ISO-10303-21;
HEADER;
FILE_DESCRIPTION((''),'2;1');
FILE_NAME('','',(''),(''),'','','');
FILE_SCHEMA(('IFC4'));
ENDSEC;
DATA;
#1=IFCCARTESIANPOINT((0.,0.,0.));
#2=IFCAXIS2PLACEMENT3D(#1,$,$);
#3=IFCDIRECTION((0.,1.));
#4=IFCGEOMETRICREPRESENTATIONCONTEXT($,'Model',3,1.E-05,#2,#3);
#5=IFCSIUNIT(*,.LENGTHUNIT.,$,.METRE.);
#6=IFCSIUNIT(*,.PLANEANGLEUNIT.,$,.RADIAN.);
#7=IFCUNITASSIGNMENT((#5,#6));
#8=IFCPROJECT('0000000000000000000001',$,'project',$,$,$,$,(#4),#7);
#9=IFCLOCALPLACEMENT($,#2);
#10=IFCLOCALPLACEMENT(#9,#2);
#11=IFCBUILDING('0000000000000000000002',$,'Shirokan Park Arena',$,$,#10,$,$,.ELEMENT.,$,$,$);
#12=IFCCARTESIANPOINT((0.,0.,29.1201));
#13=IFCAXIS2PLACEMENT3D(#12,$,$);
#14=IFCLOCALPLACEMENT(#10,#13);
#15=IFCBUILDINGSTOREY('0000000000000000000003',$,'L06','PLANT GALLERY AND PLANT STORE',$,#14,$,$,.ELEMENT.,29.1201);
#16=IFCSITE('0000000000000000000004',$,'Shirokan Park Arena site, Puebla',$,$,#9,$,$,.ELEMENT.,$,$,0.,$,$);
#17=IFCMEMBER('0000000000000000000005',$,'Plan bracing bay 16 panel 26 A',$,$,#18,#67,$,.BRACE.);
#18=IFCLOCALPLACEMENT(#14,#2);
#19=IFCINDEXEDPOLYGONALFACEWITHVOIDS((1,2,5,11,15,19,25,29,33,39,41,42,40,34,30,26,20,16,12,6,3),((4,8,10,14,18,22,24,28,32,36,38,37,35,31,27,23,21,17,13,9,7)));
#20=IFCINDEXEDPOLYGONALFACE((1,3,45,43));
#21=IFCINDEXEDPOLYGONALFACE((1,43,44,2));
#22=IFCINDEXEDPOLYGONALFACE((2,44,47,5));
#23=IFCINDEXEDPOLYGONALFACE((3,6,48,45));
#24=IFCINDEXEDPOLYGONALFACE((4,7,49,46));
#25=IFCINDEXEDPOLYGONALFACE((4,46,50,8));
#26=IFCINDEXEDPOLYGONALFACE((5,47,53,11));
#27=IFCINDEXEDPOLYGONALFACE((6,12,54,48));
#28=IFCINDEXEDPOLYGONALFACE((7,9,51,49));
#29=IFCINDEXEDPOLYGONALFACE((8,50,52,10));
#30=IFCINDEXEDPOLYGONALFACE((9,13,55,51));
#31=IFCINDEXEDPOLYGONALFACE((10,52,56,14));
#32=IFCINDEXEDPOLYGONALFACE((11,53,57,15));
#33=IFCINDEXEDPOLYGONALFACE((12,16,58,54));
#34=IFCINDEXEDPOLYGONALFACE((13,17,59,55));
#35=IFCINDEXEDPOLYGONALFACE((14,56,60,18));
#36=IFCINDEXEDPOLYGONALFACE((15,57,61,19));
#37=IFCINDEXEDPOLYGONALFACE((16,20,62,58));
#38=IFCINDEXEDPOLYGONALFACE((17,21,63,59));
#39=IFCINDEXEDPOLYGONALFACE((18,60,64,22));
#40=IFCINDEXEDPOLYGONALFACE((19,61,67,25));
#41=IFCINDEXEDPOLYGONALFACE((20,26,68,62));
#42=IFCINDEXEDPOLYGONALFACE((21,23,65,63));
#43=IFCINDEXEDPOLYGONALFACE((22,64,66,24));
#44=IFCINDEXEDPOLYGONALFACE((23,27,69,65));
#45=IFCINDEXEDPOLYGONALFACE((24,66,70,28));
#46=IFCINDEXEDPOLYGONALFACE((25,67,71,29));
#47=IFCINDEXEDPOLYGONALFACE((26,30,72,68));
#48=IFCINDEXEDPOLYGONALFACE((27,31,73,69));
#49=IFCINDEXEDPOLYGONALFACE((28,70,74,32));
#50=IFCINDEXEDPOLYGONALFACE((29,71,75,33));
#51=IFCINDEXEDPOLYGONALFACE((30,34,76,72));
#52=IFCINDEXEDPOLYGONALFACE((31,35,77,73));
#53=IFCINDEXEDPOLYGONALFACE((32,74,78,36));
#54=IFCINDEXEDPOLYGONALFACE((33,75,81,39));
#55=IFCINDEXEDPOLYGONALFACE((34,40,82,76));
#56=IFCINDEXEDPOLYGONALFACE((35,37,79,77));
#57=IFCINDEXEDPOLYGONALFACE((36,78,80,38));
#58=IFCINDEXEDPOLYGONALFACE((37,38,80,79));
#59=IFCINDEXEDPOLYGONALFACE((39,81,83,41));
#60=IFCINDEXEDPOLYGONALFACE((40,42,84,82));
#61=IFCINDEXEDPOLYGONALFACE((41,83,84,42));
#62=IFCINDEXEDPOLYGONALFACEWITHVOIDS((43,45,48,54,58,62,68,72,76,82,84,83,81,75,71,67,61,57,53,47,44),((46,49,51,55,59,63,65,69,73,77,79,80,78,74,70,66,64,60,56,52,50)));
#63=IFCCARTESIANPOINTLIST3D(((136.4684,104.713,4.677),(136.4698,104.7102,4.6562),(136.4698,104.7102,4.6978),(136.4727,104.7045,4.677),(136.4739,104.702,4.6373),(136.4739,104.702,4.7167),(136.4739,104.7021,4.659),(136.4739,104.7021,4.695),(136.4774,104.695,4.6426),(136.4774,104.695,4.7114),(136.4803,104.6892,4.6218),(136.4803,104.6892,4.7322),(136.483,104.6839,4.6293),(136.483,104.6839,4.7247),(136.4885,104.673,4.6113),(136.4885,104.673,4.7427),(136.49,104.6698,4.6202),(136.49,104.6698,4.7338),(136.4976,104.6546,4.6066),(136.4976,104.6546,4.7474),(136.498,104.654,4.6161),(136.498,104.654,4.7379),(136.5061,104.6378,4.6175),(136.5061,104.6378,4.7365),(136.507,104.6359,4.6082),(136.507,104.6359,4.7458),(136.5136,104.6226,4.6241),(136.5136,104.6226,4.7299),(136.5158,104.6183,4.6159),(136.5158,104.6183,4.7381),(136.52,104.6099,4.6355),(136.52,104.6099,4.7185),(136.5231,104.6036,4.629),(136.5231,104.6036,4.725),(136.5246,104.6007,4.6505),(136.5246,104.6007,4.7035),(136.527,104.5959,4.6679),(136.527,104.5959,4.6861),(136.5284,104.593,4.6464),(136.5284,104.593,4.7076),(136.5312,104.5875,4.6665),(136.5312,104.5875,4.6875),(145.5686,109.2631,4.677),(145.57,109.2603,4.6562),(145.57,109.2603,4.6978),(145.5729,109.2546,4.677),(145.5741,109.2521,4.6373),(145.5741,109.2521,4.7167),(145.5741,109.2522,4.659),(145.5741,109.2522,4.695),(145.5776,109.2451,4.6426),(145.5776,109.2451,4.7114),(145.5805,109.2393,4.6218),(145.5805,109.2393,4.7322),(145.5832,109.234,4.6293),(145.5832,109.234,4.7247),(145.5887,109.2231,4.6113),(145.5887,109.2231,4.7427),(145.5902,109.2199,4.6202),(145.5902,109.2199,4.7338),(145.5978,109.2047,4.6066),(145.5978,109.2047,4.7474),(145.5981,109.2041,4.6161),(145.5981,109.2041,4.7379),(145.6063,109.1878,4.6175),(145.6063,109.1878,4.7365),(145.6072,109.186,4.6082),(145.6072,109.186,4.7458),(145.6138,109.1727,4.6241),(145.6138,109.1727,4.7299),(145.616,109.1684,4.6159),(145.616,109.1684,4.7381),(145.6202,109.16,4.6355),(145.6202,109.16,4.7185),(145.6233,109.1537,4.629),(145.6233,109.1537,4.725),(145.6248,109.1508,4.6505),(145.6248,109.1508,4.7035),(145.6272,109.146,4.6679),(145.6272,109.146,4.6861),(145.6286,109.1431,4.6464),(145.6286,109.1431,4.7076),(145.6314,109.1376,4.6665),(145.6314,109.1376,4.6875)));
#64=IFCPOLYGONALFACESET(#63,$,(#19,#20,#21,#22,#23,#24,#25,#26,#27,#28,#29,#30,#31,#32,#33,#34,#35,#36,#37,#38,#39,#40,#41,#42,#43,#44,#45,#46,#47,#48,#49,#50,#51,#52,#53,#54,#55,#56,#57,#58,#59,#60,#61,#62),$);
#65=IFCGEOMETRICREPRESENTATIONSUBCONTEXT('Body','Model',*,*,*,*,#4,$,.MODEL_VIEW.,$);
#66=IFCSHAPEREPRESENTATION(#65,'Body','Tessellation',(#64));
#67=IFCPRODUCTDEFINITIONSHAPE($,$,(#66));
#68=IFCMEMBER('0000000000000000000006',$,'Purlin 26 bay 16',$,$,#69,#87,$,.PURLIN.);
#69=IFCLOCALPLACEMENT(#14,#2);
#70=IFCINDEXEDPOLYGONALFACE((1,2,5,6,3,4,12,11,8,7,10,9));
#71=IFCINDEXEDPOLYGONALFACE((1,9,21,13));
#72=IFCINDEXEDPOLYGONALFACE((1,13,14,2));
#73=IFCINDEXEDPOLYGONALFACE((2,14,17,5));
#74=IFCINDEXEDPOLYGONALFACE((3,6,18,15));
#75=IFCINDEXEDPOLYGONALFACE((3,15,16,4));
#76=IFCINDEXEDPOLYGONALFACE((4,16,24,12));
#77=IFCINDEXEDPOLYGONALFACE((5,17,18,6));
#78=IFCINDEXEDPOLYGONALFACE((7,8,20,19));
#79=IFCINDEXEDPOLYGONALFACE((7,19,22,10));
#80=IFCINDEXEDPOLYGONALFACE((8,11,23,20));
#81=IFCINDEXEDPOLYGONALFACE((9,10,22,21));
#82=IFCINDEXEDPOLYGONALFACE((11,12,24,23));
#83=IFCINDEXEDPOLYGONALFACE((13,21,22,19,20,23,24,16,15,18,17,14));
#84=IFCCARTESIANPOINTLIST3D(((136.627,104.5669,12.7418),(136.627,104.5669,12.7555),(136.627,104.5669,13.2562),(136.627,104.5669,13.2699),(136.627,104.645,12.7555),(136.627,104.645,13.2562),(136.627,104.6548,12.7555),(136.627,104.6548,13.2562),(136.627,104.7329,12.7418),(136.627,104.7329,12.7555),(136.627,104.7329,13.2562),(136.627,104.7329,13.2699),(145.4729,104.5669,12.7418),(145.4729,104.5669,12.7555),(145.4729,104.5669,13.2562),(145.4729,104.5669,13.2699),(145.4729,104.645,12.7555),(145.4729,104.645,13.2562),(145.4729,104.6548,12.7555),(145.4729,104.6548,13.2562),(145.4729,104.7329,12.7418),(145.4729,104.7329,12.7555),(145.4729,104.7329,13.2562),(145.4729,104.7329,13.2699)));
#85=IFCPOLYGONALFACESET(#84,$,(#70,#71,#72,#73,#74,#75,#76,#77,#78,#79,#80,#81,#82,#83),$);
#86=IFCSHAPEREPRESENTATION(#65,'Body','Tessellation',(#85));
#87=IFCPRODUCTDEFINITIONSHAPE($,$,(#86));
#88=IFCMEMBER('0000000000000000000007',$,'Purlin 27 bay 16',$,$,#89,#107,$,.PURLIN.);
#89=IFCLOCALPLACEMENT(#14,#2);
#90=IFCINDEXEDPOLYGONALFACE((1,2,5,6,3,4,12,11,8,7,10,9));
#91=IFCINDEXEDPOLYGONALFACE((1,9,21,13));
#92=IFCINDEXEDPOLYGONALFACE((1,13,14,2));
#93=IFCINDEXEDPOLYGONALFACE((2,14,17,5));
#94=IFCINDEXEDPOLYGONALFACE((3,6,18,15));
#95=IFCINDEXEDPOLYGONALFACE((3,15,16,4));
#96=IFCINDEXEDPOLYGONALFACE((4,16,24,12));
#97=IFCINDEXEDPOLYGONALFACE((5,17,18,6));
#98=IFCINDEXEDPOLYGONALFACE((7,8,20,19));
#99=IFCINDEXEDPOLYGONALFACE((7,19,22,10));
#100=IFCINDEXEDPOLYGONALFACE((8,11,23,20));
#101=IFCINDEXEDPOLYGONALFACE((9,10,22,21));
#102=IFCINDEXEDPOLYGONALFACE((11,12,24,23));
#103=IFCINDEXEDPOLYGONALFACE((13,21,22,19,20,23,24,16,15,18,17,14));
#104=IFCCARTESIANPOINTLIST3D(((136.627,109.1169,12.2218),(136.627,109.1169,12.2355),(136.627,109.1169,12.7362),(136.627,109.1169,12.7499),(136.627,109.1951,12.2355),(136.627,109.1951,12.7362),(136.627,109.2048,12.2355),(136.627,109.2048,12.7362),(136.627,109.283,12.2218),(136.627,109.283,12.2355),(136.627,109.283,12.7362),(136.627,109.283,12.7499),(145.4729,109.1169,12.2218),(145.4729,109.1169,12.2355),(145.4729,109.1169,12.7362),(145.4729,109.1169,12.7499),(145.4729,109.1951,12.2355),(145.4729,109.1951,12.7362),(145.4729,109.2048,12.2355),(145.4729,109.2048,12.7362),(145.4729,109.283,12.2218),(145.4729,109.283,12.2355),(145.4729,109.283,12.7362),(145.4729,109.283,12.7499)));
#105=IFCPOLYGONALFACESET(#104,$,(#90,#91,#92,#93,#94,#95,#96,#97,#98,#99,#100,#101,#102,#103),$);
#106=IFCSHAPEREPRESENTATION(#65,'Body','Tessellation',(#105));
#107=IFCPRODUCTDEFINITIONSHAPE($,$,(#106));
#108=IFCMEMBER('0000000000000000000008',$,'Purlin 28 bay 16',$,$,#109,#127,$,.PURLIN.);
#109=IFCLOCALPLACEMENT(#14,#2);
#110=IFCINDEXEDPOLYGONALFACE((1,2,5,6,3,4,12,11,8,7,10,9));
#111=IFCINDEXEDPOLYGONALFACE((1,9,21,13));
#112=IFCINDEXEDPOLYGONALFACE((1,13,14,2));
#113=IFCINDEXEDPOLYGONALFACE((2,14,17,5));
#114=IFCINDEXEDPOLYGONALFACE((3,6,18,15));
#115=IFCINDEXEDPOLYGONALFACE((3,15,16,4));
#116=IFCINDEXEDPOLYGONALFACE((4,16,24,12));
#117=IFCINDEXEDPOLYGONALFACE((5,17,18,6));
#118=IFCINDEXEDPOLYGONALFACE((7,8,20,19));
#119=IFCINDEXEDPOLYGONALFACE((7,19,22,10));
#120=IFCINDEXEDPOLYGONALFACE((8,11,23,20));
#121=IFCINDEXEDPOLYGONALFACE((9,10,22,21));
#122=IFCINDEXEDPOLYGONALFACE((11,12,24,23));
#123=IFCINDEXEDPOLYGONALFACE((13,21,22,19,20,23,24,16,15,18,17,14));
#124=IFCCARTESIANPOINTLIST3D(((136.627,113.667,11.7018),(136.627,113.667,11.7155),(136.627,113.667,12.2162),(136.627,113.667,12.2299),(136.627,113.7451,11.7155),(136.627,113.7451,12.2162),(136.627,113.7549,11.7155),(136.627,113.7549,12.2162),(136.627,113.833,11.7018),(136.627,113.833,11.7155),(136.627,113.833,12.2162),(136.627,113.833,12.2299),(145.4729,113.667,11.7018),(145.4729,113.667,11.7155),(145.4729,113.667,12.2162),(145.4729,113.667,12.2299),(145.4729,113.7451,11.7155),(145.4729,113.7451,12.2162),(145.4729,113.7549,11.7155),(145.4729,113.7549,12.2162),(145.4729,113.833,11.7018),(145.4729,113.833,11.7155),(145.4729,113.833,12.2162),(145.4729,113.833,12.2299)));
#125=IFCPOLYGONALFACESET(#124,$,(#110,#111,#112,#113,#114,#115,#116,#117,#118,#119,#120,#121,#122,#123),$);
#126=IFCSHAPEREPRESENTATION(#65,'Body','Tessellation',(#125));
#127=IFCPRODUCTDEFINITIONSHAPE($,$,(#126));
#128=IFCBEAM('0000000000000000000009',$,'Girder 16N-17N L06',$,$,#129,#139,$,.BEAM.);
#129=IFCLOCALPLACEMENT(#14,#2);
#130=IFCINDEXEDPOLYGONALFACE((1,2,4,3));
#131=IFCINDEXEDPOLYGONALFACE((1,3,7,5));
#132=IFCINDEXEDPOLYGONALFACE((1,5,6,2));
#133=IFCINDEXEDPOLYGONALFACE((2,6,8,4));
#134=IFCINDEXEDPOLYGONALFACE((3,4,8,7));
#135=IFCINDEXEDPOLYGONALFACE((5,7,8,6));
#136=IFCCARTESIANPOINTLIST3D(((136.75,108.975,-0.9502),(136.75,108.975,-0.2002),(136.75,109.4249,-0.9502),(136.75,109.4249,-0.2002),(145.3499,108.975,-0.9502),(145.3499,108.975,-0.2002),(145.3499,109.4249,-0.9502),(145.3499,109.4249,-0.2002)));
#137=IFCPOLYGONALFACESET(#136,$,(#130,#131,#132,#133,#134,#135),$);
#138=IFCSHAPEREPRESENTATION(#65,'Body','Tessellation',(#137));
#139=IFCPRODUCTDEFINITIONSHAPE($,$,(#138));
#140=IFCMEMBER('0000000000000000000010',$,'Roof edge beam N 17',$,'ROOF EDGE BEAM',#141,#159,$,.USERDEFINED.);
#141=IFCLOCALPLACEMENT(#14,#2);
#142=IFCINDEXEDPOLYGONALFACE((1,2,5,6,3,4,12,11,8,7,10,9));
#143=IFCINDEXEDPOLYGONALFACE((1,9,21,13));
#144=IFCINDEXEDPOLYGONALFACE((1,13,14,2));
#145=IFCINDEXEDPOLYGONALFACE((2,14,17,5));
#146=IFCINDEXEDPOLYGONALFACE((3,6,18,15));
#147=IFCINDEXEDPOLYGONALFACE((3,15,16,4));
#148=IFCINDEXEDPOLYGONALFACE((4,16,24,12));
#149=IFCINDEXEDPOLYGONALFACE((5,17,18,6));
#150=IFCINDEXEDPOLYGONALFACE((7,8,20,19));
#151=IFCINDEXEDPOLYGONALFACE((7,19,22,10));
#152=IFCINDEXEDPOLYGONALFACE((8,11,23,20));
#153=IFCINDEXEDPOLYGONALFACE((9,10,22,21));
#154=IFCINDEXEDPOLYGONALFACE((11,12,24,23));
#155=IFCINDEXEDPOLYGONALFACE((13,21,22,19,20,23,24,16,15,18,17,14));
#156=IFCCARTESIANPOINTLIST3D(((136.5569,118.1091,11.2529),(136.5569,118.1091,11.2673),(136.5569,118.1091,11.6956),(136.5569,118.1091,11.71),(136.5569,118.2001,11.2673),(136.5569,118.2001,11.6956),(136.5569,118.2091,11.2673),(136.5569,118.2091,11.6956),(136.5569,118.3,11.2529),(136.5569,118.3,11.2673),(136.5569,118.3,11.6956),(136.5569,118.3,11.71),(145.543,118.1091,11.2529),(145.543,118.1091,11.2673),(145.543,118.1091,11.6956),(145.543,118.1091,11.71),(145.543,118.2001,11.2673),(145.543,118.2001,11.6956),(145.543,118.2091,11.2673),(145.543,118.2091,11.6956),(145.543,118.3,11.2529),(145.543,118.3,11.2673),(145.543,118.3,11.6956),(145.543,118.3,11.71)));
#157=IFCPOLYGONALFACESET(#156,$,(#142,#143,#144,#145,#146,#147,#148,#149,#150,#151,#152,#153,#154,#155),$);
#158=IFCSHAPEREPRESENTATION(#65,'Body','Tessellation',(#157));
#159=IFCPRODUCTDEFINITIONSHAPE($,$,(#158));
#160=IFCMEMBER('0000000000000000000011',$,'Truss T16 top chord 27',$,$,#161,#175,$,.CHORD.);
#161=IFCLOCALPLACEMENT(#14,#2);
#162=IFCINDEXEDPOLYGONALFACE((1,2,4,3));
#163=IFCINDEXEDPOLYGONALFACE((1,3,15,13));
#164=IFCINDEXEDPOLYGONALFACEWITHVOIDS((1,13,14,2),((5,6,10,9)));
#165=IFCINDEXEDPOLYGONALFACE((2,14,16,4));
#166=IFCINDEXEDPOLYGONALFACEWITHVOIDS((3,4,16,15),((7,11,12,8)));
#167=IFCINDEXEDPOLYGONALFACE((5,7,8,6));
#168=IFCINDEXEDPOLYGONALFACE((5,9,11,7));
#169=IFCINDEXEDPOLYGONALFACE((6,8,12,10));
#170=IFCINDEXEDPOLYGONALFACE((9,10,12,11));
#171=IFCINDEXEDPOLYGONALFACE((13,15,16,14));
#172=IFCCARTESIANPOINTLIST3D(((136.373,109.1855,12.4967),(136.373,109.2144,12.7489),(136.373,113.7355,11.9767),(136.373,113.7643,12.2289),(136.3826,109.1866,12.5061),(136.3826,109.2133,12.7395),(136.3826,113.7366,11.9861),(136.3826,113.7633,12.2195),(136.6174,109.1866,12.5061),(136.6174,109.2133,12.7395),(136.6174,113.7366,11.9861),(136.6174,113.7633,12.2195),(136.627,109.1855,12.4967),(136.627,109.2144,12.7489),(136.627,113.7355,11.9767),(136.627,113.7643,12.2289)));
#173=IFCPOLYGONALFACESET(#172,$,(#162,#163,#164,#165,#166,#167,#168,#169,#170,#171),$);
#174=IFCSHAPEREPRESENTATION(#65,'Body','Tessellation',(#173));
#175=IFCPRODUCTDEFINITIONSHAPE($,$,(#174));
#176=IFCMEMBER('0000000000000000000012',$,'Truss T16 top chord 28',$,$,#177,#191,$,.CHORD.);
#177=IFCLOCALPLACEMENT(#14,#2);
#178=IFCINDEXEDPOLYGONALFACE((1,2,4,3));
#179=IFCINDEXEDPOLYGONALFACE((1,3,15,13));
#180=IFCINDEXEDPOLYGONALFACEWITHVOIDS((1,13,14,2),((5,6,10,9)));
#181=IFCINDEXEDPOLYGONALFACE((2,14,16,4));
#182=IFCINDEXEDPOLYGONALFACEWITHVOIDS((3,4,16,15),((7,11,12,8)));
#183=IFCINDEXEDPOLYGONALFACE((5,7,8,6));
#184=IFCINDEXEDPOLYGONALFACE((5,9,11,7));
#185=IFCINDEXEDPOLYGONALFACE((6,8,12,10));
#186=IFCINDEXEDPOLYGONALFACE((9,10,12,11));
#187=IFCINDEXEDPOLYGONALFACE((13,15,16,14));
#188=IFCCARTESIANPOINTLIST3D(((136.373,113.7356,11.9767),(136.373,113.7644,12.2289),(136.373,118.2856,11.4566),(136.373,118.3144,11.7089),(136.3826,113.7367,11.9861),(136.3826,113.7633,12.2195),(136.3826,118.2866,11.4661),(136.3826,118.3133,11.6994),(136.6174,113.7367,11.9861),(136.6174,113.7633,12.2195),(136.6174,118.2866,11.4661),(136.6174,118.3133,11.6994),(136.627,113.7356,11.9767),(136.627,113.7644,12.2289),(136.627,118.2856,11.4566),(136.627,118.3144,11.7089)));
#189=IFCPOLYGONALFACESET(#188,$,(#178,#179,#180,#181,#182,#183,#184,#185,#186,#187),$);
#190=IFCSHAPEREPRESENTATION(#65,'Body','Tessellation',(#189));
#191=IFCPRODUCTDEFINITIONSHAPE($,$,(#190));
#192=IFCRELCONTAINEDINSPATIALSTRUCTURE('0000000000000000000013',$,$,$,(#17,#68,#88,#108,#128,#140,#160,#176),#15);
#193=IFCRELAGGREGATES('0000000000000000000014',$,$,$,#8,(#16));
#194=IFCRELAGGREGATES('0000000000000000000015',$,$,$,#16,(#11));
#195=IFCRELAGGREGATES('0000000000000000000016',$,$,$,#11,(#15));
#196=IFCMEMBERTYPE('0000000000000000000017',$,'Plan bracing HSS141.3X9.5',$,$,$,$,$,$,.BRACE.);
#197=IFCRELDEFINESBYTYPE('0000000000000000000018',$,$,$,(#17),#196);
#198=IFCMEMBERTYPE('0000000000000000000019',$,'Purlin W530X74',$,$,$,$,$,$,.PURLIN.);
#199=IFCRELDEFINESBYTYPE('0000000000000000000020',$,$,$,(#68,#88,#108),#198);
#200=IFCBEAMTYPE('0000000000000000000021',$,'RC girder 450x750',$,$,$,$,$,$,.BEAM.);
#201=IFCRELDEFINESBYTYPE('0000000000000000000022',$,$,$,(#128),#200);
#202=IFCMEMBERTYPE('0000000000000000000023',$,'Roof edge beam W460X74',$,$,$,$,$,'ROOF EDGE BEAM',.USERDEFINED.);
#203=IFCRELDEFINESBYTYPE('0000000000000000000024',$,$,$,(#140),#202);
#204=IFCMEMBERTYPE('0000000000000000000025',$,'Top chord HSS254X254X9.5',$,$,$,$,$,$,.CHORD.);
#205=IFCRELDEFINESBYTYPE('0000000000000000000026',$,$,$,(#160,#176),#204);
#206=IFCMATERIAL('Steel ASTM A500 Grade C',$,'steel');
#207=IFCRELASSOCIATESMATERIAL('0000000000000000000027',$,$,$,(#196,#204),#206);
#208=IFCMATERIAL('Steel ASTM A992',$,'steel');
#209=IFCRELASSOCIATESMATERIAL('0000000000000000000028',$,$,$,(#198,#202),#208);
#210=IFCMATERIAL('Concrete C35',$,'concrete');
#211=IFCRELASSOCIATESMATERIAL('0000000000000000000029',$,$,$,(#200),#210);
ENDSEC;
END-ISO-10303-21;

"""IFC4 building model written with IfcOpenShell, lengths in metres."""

from ifc_helpers import new_model, si_unit, direction, frame, origin, origin_2d, place, context, subcontext, project, spatial, rectangle, hollow_rectangle, hollow_circle, i_section, extrude, material, material_profile, profile_set, type_object, element, save


model = new_model("IFC4")

# Units and contexts
model_context = context("Model", 3, precision=1e-05, world=origin(), true_north=direction((0.0, 1.0)))
body_context = subcontext(model_context, "Body", "Model", "MODEL_VIEW")
ifc_project = project(units=[si_unit("LENGTHUNIT", "METRE"), si_unit("PLANEANGLEUNIT", "RADIAN")], contexts=[model_context])

# Site, building, storey
site_placement = place(None, origin())
site = spatial("IfcSite", under=ifc_project, at=site_placement, Name="Shirokan Park Arena site, Puebla", CompositionType="ELEMENT", RefElevation=0.0)
building_placement = place(site_placement, origin())
building = spatial("IfcBuilding", under=site, at=building_placement, Name="Shirokan Park Arena", CompositionType="ELEMENT")
storey_placement = place(building_placement, frame((0.0, 0.0, 29.1201)))
storey = spatial("IfcBuildingStorey", under=building, at=storey_placement, Name="L06", Description="PLANT GALLERY AND PLANT STORE", CompositionType="ELEMENT", Elevation=29.1201)

# Shared definitions
ifc_material_1 = material(Name="Concrete C35", Category="concrete")

# Members
ifc_material_2 = material(Name="Steel ASTM A500 Grade C", Category="steel")
ifc_material_profile_1 = material_profile(ifc_material_2, hollow_circle(Radius=0.0706, WallThickness=0.0095, at=origin_2d()), Name="HSS141.3X9.5")
ifc_profile_set_1 = profile_set([ifc_material_profile_1], Name="Steel ASTM A500 Grade C")
member_type_1 = type_object("IfcMemberType", Name="Plan bracing HSS141.3X9.5", PredefinedType="BRACE", material=ifc_profile_set_1)
member_1_placement = place(storey_placement, frame((136.5, 104.6499, 4.677), z_axis=(0.894427, 0.447214, 0.0), x_axis=(-0.447214, 0.894427, 0.0)))
element("IfcMember", 1, at=member_1_placement, inside=storey, type_object=member_type_1, Name="Plan bracing bay 16 panel 26 A", PredefinedType="BRACE", context=body_context, shape_type="SweptSolid", body=[
    extrude(hollow_circle(Radius=0.0706, WallThickness=0.0095, at=origin_2d()), origin(), (0.0, 0.0, 1.0), 10.1743),
])
ifc_material_3 = material(Name="Steel ASTM A992", Category="steel")
ifc_material_profile_2 = material_profile(ifc_material_3, i_section(OverallWidth=0.166, OverallDepth=0.5281, WebThickness=0.0098, FlangeThickness=0.0137, at=origin_2d()), Name="W530X74")
ifc_profile_set_2 = profile_set([ifc_material_profile_2], Name="Steel ASTM A992")
member_type_2 = type_object("IfcMemberType", Name="Purlin W530X74", PredefinedType="PURLIN", material=ifc_profile_set_2)
for number, where, z_axis, x_axis, name in (
    (2, (136.627, 104.6499, 13.0059), (1.0, 0.0, 0.0), (0.0, 1.0, 0.0), "Purlin 26 bay 16"),
    (3, (136.627, 109.2, 12.4858), (1.0, 0.0, 0.0), (0.0, 1.0, 0.0), "Purlin 27 bay 16"),
    (4, (136.627, 113.75, 11.9658), (1.0, 0.0, 0.0), (0.0, 1.0, 0.0), "Purlin 28 bay 16"),
):
    element("IfcMember", number, at=place(storey_placement, frame(where, z_axis=z_axis, x_axis=x_axis)), inside=storey, type_object=member_type_2, Name=name, PredefinedType="PURLIN", context=body_context, shape_type="SweptSolid", body=[
        extrude(i_section(OverallWidth=0.166, OverallDepth=0.5281, WebThickness=0.0098, FlangeThickness=0.0137, at=origin_2d()), origin(), (0.0, 0.0, 1.0), 8.8459),
    ])

# Beam
ifc_material_profile_3 = material_profile(ifc_material_1, rectangle(XDim=0.45, YDim=0.75, at=origin_2d()), Name="450x750")
ifc_profile_set_3 = profile_set([ifc_material_profile_3], Name="Concrete C35")
beam_type = type_object("IfcBeamType", Name="RC girder 450x750", PredefinedType="BEAM", material=ifc_profile_set_3)
beam_placement = place(storey_placement, frame((136.75, 109.2, -0.5752), z_axis=(1.0, 0.0, 0.0), x_axis=(0.0, 1.0, 0.0)))
element("IfcBeam", 5, at=beam_placement, inside=storey, type_object=beam_type, Name="Girder 16N-17N L06", PredefinedType="BEAM", context=body_context, shape_type="SweptSolid", body=[
    extrude(rectangle(XDim=0.45, YDim=0.75, at=origin_2d()), origin(), (0.0, 0.0, 1.0), 8.5999),
])

# Members
ifc_material_profile_4 = material_profile(ifc_material_3, i_section(OverallWidth=0.1909, OverallDepth=0.457, WebThickness=0.009, FlangeThickness=0.0144, at=origin_2d()), Name="W460X74")
ifc_profile_set_4 = profile_set([ifc_material_profile_4], Name="Steel ASTM A992")
member_type_3 = type_object("IfcMemberType", Name="Roof edge beam W460X74", ElementType="ROOF EDGE BEAM", PredefinedType="USERDEFINED", material=ifc_profile_set_4)
member_2_placement = place(storey_placement, frame((136.5569, 118.2046, 11.4814), z_axis=(1.0, 0.0, 0.0), x_axis=(0.0, 1.0, 0.0)))
element("IfcMember", 6, at=member_2_placement, inside=storey, type_object=member_type_3, Name="Roof edge beam N 17", ObjectType="ROOF EDGE BEAM", PredefinedType="USERDEFINED", context=body_context, shape_type="SweptSolid", body=[
    extrude(i_section(OverallWidth=0.1909, OverallDepth=0.457, WebThickness=0.009, FlangeThickness=0.0144, at=origin_2d()), origin(), (0.0, 0.0, 1.0), 8.9861),
])
ifc_material_profile_5 = material_profile(ifc_material_2, hollow_rectangle(XDim=0.2539, YDim=0.2539, WallThickness=0.0095, at=origin_2d()), Name="HSS254X254X9.5")
ifc_profile_set_5 = profile_set([ifc_material_profile_5], Name="Steel ASTM A500 Grade C")
member_type_4 = type_object("IfcMemberType", Name="Top chord HSS254X254X9.5", PredefinedType="CHORD", material=ifc_profile_set_5)
for number, where, z_axis, x_axis, name in (
    (7, (136.5, 109.2, 12.6228), (0.0, 0.993532, -0.11355), (-1.0, 0.0, 0.0), "Truss T16 top chord 27"),
    (8, (136.5, 113.75, 12.1028), (0.0, 0.993532, -0.11355), (-1.0, 0.0, 0.0), "Truss T16 top chord 28"),
):
    element("IfcMember", number, at=place(storey_placement, frame(where, z_axis=z_axis, x_axis=x_axis)), inside=storey, type_object=member_type_4, Name=name, PredefinedType="CHORD", context=body_context, shape_type="SweptSolid", body=[
        extrude(hollow_rectangle(XDim=0.2539, YDim=0.2539, WallThickness=0.0095, at=origin_2d()), origin(), (0.0, 0.0, 1.0), 4.5796),
    ])

save(model, "model.ifc")
